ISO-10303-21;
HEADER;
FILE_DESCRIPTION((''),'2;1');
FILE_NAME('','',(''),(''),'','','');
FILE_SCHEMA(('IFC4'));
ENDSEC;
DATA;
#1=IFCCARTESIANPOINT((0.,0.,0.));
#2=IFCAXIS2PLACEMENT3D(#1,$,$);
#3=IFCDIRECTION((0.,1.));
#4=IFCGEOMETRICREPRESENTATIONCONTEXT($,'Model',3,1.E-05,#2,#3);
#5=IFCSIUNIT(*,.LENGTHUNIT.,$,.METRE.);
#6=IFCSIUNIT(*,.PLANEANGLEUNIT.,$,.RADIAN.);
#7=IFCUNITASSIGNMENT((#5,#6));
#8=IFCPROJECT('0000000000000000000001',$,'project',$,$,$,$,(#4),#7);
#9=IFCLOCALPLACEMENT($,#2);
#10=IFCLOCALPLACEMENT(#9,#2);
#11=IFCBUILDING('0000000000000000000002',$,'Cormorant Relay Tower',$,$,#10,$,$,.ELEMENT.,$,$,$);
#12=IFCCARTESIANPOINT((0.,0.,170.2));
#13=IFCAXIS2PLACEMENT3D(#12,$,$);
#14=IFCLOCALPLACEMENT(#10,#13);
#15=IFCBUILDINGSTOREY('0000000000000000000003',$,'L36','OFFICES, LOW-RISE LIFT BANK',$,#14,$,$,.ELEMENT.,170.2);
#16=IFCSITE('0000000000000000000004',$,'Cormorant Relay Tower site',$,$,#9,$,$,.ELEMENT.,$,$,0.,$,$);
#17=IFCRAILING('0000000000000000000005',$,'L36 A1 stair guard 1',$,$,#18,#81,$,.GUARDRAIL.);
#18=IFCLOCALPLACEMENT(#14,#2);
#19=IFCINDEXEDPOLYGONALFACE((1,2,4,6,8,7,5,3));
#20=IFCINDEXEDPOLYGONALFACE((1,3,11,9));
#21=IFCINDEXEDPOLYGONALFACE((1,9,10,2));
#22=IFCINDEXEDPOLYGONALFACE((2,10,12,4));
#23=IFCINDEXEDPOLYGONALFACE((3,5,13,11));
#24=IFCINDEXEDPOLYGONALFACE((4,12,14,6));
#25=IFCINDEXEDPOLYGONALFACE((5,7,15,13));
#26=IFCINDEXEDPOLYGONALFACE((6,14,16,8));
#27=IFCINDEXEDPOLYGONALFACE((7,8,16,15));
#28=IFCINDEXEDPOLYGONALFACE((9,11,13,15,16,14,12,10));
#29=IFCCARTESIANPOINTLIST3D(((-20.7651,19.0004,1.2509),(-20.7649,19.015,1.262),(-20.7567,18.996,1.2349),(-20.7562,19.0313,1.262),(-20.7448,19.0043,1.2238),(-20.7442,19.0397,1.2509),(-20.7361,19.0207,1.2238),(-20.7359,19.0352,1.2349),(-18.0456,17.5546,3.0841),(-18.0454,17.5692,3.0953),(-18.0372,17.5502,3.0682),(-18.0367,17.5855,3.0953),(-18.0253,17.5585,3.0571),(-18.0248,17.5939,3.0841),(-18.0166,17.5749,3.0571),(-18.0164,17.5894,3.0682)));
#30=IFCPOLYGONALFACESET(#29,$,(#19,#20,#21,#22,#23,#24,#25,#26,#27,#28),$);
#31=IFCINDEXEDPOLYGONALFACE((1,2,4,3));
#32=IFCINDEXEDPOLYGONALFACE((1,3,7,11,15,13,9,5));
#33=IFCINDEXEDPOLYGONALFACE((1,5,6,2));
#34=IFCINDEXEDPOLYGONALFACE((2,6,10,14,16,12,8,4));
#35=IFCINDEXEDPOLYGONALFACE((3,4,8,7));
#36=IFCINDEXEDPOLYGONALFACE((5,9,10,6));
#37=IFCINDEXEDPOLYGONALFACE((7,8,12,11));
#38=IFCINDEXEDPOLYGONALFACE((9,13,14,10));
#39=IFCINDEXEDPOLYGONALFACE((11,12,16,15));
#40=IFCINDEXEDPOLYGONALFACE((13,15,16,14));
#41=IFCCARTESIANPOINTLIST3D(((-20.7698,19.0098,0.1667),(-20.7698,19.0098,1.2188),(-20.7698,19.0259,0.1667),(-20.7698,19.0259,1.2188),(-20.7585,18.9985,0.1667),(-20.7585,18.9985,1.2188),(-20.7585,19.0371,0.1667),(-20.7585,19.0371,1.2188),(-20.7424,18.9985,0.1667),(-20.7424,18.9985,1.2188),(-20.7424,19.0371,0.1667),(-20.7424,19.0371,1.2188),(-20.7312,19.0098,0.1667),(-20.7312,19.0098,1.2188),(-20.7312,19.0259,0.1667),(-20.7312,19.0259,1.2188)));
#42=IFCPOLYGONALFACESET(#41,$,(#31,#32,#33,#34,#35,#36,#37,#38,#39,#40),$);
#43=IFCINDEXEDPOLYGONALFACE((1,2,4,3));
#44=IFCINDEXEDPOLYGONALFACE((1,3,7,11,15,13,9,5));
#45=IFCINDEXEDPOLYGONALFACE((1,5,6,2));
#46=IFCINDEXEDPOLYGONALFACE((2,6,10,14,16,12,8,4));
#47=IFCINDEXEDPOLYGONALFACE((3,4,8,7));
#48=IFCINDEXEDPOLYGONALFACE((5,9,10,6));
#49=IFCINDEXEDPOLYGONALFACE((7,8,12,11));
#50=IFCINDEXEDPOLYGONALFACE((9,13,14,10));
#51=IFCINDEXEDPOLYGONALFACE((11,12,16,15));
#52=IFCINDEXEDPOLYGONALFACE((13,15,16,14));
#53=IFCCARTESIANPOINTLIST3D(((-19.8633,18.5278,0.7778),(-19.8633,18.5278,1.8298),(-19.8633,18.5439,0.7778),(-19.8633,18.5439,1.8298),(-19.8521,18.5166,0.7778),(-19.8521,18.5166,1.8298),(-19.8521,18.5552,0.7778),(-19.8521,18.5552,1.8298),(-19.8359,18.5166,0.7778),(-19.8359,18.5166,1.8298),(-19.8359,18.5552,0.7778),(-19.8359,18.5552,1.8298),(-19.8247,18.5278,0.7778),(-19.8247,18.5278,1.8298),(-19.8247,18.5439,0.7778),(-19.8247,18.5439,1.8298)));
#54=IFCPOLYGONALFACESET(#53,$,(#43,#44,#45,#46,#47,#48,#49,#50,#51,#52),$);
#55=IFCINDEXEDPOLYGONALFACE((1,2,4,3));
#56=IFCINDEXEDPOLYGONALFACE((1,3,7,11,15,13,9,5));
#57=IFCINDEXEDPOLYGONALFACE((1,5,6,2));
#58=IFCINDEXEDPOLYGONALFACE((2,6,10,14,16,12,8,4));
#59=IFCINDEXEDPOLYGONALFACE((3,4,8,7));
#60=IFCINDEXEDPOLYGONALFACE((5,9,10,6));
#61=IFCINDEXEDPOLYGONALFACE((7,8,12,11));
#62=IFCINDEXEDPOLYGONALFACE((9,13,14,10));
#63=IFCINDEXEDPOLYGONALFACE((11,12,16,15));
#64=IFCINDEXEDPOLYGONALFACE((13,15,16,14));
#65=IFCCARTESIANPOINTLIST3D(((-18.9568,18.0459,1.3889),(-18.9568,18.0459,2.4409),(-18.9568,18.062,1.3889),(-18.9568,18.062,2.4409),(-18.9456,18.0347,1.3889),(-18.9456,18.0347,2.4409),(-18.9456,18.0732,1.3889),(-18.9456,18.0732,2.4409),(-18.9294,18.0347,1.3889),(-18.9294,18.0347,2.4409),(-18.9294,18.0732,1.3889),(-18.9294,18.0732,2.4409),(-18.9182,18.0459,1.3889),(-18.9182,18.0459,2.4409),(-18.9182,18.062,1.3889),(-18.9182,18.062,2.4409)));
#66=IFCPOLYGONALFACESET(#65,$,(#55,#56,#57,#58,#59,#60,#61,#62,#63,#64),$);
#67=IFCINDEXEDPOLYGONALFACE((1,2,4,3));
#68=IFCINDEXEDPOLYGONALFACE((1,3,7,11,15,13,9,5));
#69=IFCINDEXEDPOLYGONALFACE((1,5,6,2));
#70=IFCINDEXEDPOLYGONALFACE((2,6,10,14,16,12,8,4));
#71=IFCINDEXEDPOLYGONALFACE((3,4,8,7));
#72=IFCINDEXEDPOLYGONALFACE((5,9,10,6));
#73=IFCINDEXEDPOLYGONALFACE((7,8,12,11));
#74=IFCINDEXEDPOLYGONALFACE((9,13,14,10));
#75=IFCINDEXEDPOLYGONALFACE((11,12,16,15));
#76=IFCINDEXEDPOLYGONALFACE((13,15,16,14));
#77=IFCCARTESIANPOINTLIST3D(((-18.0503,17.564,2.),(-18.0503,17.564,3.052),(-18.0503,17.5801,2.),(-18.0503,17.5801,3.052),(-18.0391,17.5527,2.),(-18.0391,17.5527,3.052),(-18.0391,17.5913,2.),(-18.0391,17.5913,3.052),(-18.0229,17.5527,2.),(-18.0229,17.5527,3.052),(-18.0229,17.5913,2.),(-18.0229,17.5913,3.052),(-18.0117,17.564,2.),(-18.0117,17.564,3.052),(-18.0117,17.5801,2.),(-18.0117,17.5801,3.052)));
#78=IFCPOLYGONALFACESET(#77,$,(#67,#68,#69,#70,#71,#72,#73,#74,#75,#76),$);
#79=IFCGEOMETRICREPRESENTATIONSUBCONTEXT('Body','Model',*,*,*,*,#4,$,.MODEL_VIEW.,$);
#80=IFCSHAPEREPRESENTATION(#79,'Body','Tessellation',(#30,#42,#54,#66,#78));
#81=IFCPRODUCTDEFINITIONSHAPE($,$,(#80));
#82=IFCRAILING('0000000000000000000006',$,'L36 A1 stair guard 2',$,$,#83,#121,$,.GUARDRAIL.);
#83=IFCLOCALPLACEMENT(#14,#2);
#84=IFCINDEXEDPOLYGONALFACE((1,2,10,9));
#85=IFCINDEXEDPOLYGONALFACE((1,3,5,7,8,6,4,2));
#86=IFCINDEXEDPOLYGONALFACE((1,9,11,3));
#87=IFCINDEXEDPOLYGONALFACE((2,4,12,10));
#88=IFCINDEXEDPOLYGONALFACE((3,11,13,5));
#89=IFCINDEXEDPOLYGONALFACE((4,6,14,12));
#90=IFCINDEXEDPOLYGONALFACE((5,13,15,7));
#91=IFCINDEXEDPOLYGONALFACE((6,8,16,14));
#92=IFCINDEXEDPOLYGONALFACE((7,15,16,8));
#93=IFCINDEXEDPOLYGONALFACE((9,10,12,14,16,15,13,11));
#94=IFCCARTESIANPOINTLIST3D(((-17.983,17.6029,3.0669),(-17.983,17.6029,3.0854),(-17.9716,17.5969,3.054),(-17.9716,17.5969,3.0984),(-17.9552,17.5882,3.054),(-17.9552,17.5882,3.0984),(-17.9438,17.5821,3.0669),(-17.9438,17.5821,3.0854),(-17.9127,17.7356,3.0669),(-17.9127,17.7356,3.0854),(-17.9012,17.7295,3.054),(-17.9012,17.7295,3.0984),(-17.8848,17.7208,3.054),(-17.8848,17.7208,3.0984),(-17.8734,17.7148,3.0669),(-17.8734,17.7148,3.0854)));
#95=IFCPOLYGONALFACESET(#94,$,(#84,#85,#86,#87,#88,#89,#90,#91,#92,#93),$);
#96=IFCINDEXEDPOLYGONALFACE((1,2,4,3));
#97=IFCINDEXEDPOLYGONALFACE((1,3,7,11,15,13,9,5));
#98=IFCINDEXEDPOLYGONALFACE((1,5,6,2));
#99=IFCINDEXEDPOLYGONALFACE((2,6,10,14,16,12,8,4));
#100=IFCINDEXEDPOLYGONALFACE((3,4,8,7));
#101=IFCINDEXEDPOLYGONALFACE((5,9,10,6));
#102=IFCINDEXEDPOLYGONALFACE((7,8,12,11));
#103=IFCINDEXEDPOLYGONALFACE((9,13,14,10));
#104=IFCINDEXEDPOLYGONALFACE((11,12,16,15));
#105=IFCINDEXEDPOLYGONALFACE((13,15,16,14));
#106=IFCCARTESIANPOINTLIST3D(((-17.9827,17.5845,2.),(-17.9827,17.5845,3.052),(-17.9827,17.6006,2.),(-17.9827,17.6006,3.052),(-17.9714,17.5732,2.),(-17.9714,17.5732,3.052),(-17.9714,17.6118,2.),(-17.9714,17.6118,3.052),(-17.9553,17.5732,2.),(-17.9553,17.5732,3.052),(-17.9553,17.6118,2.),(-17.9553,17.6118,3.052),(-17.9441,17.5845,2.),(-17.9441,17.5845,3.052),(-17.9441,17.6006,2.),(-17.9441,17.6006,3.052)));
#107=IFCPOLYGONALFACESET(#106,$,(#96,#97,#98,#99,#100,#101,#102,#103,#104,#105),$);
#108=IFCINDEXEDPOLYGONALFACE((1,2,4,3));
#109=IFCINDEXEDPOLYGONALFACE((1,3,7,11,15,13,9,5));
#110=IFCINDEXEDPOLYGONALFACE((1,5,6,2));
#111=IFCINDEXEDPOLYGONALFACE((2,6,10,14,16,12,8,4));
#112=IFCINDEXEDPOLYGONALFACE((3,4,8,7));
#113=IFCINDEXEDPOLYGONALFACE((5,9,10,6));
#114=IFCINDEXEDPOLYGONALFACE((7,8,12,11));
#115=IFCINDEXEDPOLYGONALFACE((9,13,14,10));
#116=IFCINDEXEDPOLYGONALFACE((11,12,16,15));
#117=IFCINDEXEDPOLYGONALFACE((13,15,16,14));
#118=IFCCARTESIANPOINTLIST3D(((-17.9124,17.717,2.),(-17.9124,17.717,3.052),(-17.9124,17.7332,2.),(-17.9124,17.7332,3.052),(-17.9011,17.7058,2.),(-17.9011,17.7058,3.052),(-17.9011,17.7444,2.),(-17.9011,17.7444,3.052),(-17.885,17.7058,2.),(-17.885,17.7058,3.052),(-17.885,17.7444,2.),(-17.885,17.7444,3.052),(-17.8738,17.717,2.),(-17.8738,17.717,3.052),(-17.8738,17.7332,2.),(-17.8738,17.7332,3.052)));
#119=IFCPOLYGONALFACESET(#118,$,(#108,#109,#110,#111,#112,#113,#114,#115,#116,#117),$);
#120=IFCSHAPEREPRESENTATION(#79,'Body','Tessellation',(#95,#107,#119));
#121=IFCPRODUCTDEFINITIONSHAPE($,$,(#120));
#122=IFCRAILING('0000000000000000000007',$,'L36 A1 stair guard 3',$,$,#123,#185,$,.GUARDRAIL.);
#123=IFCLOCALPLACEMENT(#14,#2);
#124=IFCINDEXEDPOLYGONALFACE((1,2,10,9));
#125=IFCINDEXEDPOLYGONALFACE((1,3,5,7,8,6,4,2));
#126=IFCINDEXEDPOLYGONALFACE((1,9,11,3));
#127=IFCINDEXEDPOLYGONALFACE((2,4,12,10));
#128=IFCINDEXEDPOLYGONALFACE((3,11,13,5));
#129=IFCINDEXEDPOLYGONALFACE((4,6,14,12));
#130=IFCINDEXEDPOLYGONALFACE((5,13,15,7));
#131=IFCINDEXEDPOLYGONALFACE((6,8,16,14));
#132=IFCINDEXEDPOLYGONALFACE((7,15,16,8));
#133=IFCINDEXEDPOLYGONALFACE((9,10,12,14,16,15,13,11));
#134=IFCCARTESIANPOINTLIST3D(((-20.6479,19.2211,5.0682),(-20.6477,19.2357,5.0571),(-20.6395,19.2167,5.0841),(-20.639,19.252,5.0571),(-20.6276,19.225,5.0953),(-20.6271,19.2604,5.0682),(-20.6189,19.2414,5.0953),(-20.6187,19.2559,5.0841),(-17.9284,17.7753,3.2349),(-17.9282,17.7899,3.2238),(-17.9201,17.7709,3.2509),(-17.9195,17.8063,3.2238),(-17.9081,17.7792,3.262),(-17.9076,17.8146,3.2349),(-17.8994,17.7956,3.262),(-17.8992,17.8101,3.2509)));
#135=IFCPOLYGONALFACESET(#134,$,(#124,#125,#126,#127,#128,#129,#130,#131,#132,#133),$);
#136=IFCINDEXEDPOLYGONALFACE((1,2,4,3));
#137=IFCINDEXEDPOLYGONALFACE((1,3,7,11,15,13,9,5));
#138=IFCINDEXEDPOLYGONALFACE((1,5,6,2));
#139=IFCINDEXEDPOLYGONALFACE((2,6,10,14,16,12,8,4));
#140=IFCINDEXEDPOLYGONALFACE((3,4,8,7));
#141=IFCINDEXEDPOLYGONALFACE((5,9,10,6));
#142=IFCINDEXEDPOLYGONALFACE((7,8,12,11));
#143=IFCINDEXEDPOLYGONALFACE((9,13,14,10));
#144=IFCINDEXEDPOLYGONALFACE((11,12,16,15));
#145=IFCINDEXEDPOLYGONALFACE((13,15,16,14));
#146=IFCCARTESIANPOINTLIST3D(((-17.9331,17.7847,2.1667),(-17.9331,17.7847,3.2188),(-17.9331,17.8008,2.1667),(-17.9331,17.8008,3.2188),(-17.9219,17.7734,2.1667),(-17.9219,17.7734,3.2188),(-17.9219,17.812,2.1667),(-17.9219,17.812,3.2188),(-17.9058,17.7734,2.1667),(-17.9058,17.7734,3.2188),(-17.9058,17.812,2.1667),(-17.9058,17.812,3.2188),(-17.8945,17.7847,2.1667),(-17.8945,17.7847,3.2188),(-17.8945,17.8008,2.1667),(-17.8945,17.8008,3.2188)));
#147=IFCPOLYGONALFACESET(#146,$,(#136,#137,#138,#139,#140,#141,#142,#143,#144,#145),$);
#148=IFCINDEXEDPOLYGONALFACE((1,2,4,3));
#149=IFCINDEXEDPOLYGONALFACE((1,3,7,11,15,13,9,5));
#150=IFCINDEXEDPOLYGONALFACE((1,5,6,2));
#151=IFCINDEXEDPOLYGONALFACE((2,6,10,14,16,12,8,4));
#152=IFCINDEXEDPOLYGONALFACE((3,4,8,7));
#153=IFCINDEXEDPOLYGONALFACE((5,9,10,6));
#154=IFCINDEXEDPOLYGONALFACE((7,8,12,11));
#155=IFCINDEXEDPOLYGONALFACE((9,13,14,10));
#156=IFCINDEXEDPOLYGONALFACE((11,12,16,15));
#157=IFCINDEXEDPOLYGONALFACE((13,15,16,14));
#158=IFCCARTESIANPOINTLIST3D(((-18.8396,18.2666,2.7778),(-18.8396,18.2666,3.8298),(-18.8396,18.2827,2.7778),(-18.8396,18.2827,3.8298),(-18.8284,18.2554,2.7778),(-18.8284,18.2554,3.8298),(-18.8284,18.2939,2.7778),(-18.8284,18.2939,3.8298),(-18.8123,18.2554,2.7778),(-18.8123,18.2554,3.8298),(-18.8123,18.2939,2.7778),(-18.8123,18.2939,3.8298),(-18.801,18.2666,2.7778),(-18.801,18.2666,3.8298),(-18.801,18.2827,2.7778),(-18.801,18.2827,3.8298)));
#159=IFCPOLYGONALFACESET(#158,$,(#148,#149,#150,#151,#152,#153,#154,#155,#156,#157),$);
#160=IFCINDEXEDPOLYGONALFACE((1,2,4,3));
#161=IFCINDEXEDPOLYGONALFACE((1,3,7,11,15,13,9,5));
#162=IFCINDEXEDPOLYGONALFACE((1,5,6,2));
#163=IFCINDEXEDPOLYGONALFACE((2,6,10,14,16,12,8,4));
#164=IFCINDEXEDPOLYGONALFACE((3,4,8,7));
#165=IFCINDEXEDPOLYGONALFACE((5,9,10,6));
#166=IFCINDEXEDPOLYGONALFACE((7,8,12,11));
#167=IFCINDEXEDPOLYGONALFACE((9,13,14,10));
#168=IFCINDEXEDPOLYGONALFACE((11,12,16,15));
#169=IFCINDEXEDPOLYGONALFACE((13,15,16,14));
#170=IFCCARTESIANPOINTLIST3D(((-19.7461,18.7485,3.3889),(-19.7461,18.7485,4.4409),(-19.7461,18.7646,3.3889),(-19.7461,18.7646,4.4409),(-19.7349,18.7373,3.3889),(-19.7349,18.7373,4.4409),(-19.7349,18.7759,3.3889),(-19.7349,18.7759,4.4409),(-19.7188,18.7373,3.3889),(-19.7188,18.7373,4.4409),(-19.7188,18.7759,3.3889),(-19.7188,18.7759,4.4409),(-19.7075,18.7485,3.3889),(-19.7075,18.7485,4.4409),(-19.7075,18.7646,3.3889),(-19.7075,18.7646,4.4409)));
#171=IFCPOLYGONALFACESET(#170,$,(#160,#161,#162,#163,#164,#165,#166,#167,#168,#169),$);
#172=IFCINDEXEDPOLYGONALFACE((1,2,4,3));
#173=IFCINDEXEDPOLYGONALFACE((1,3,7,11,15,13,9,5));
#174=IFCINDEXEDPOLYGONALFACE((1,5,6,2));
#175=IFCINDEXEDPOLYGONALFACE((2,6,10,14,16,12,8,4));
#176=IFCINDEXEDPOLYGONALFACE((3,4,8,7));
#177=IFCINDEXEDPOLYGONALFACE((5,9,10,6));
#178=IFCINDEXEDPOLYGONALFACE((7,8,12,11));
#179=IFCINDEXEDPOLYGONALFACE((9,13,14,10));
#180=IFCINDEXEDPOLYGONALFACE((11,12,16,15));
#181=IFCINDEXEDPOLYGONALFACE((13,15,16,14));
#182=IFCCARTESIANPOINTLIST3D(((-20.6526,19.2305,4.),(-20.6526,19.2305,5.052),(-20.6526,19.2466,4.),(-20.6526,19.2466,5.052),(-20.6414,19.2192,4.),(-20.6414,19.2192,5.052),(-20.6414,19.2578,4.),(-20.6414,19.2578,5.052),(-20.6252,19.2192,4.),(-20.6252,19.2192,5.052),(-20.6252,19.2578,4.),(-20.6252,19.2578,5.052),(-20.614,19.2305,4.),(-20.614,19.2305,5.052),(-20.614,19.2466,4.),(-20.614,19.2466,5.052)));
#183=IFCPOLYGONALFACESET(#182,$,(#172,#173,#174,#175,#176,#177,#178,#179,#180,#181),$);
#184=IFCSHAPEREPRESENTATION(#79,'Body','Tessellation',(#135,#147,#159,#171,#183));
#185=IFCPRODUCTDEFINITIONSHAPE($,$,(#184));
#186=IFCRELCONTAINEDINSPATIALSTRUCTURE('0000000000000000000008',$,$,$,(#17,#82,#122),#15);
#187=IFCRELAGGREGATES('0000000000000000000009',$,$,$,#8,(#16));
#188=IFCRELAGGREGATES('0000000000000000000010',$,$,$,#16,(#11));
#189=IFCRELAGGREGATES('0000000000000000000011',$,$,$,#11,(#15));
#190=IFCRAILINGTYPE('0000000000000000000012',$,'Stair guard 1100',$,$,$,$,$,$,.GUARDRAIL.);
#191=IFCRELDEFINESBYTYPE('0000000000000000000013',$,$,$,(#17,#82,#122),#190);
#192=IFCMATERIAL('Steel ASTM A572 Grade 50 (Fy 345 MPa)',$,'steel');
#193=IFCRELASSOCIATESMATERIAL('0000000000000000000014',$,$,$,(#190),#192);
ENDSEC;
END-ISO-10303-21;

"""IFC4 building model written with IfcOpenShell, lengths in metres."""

from ifc_helpers import new_model, si_unit, direction, frame, origin, place, context, subcontext, project, spatial, polyline, outline, extrude, material, type_object, element, save


model = new_model("IFC4")

# Units and contexts
model_context = context("Model", 3, precision=1e-05, world=origin(), true_north=direction((0.0, 1.0)))
body_context = subcontext(model_context, "Body", "Model", "MODEL_VIEW")
ifc_project = project(units=[si_unit("LENGTHUNIT", "METRE"), si_unit("PLANEANGLEUNIT", "RADIAN")], contexts=[model_context])

# Site, building, storey
site_placement = place(None, origin())
site = spatial("IfcSite", under=ifc_project, at=site_placement, Name="Cormorant Relay Tower site", CompositionType="ELEMENT", RefElevation=0.0)
building_placement = place(site_placement, origin())
building = spatial("IfcBuilding", under=site, at=building_placement, Name="Cormorant Relay Tower", CompositionType="ELEMENT")
storey_placement = place(building_placement, frame((0.0, 0.0, 170.2)))
storey = spatial("IfcBuildingStorey", under=building, at=storey_placement, Name="L36", Description="OFFICES, LOW-RISE LIFT BANK", CompositionType="ELEMENT", Elevation=170.2)

# Railings
ifc_material_1 = material(Name="Steel ASTM A572 Grade 50 (Fy 345 MPa)", Category="steel")
railing_type_1 = type_object("IfcRailingType", Name="Stair guard 1100", PredefinedType="GUARDRAIL", material=ifc_material_1)
railing_1_placement = place(storey_placement, frame((-20.7505, 19.0178, 0.1667)))
element("IfcRailing", 1, at=railing_1_placement, inside=storey, type_object=railing_type_1, Name="L36 A1 stair guard 1", PredefinedType="GUARDRAIL", context=body_context, shape_type="SweptSolid", body=[
    extrude(outline(polyline([(0.0222, 0.0093), (0.0093, 0.0222), (-0.0093, 0.0222), (-0.0222, 0.0093), (-0.0222, -0.0093), (-0.0093, -0.0222), (0.0093, -0.0222), (0.0222, -0.0093), (0.0222, 0.0093)])), frame((0.0, 0.0, 1.0762), z_axis=(0.758735, -0.403378, 0.511477), x_axis=(0.469428, 0.882971, 0.0)), (0.0, 0.0, 1.0), 3.5842),
    extrude(outline(polyline([(0.0193, 0.0081), (0.0081, 0.0193), (-0.0081, 0.0193), (-0.0193, 0.0081), (-0.0193, -0.0081), (-0.0081, -0.0193), (0.0081, -0.0193), (0.0193, -0.0081), (0.0193, 0.0081)])), origin(), (0.0, 0.0, 1.0), 1.052),
    extrude(outline(polyline([(0.0193, 0.0081), (0.0081, 0.0193), (-0.0081, 0.0193), (-0.0193, 0.0081), (-0.0193, -0.0081), (-0.0081, -0.0193), (0.0081, -0.0193), (0.0193, -0.0081), (0.0193, 0.0081)])), frame((0.9065, -0.4819, 0.6111)), (0.0, 0.0, 1.0), 1.052),
    extrude(outline(polyline([(0.0193, 0.0081), (0.0081, 0.0193), (-0.0081, 0.0193), (-0.0193, 0.0081), (-0.0193, -0.0081), (-0.0081, -0.0193), (0.0081, -0.0193), (0.0193, -0.0081), (0.0193, 0.0081)])), frame((1.813, -0.9639, 1.2222)), (0.0, 0.0, 1.0), 1.052),
    extrude(outline(polyline([(0.0193, 0.0081), (0.0081, 0.0193), (-0.0081, 0.0193), (-0.0193, 0.0081), (-0.0193, -0.0081), (-0.0081, -0.0193), (0.0081, -0.0193), (0.0193, -0.0081), (0.0193, 0.0081)])), frame((2.7195, -1.4458, 1.8333)), (0.0, 0.0, 1.0), 1.052),
])
railing_2_placement = place(storey_placement, frame((-17.9634, 17.5925, 2.0)))
element("IfcRailing", 2, at=railing_2_placement, inside=storey, type_object=railing_type_1, Name="L36 A1 stair guard 2", PredefinedType="GUARDRAIL", context=body_context, shape_type="SweptSolid", body=[
    extrude(outline(polyline([(0.0222, 0.0093), (0.0093, 0.0222), (-0.0093, 0.0222), (-0.0222, 0.0093), (-0.0222, -0.0093), (-0.0093, -0.0222), (0.0093, -0.0222), (0.0222, -0.0093), (0.0222, 0.0093)])), frame((0.0, 0.0, 1.0762), z_axis=(0.46856, 0.883431, 0.0), x_axis=(-0.883431, 0.46856, 0.0)), (0.0, 0.0, 1.0), 0.1501),
    extrude(outline(polyline([(0.0193, 0.0081), (0.0081, 0.0193), (-0.0081, 0.0193), (-0.0193, 0.0081), (-0.0193, -0.0081), (-0.0081, -0.0193), (0.0081, -0.0193), (0.0193, -0.0081), (0.0193, 0.0081)])), origin(), (0.0, 0.0, 1.0), 1.052),
    extrude(outline(polyline([(0.0193, 0.0081), (0.0081, 0.0193), (-0.0081, 0.0193), (-0.0193, 0.0081), (-0.0193, -0.0081), (-0.0081, -0.0193), (0.0081, -0.0193), (0.0193, -0.0081), (0.0193, 0.0081)])), frame((0.0703, 0.1326, 0.0)), (0.0, 0.0, 1.0), 1.052),
])
railing_3_placement = place(storey_placement, frame((-17.9138, 17.7927, 2.1667)))
element("IfcRailing", 3, at=railing_3_placement, inside=storey, type_object=railing_type_1, Name="L36 A1 stair guard 3", PredefinedType="GUARDRAIL", context=body_context, shape_type="SweptSolid", body=[
    extrude(outline(polyline([(0.0222, 0.0093), (0.0093, 0.0222), (-0.0093, 0.0222), (-0.0222, 0.0093), (-0.0222, -0.0093), (-0.0093, -0.0222), (0.0093, -0.0222), (0.0222, -0.0093), (0.0222, 0.0093)])), frame((0.0, 0.0, 1.0762), z_axis=(-0.758735, 0.403378, 0.511477), x_axis=(-0.469428, -0.882971, 0.0)), (0.0, 0.0, 1.0), 3.5842),
    extrude(outline(polyline([(0.0193, 0.0081), (0.0081, 0.0193), (-0.0081, 0.0193), (-0.0193, 0.0081), (-0.0193, -0.0081), (-0.0081, -0.0193), (0.0081, -0.0193), (0.0193, -0.0081), (0.0193, 0.0081)])), origin(), (0.0, 0.0, 1.0), 1.052),
    extrude(outline(polyline([(0.0193, 0.0081), (0.0081, 0.0193), (-0.0081, 0.0193), (-0.0193, 0.0081), (-0.0193, -0.0081), (-0.0081, -0.0193), (0.0081, -0.0193), (0.0193, -0.0081), (0.0193, 0.0081)])), frame((-0.9065, 0.4819, 0.6111)), (0.0, 0.0, 1.0), 1.052),
    extrude(outline(polyline([(0.0193, 0.0081), (0.0081, 0.0193), (-0.0081, 0.0193), (-0.0193, 0.0081), (-0.0193, -0.0081), (-0.0081, -0.0193), (0.0081, -0.0193), (0.0193, -0.0081), (0.0193, 0.0081)])), frame((-1.813, 0.9639, 1.2222)), (0.0, 0.0, 1.0), 1.052),
    extrude(outline(polyline([(0.0193, 0.0081), (0.0081, 0.0193), (-0.0081, 0.0193), (-0.0193, 0.0081), (-0.0193, -0.0081), (-0.0081, -0.0193), (0.0081, -0.0193), (0.0193, -0.0081), (0.0193, 0.0081)])), frame((-2.7195, 1.4458, 1.8333)), (0.0, 0.0, 1.0), 1.052),
])

save(model, "model.ifc")
